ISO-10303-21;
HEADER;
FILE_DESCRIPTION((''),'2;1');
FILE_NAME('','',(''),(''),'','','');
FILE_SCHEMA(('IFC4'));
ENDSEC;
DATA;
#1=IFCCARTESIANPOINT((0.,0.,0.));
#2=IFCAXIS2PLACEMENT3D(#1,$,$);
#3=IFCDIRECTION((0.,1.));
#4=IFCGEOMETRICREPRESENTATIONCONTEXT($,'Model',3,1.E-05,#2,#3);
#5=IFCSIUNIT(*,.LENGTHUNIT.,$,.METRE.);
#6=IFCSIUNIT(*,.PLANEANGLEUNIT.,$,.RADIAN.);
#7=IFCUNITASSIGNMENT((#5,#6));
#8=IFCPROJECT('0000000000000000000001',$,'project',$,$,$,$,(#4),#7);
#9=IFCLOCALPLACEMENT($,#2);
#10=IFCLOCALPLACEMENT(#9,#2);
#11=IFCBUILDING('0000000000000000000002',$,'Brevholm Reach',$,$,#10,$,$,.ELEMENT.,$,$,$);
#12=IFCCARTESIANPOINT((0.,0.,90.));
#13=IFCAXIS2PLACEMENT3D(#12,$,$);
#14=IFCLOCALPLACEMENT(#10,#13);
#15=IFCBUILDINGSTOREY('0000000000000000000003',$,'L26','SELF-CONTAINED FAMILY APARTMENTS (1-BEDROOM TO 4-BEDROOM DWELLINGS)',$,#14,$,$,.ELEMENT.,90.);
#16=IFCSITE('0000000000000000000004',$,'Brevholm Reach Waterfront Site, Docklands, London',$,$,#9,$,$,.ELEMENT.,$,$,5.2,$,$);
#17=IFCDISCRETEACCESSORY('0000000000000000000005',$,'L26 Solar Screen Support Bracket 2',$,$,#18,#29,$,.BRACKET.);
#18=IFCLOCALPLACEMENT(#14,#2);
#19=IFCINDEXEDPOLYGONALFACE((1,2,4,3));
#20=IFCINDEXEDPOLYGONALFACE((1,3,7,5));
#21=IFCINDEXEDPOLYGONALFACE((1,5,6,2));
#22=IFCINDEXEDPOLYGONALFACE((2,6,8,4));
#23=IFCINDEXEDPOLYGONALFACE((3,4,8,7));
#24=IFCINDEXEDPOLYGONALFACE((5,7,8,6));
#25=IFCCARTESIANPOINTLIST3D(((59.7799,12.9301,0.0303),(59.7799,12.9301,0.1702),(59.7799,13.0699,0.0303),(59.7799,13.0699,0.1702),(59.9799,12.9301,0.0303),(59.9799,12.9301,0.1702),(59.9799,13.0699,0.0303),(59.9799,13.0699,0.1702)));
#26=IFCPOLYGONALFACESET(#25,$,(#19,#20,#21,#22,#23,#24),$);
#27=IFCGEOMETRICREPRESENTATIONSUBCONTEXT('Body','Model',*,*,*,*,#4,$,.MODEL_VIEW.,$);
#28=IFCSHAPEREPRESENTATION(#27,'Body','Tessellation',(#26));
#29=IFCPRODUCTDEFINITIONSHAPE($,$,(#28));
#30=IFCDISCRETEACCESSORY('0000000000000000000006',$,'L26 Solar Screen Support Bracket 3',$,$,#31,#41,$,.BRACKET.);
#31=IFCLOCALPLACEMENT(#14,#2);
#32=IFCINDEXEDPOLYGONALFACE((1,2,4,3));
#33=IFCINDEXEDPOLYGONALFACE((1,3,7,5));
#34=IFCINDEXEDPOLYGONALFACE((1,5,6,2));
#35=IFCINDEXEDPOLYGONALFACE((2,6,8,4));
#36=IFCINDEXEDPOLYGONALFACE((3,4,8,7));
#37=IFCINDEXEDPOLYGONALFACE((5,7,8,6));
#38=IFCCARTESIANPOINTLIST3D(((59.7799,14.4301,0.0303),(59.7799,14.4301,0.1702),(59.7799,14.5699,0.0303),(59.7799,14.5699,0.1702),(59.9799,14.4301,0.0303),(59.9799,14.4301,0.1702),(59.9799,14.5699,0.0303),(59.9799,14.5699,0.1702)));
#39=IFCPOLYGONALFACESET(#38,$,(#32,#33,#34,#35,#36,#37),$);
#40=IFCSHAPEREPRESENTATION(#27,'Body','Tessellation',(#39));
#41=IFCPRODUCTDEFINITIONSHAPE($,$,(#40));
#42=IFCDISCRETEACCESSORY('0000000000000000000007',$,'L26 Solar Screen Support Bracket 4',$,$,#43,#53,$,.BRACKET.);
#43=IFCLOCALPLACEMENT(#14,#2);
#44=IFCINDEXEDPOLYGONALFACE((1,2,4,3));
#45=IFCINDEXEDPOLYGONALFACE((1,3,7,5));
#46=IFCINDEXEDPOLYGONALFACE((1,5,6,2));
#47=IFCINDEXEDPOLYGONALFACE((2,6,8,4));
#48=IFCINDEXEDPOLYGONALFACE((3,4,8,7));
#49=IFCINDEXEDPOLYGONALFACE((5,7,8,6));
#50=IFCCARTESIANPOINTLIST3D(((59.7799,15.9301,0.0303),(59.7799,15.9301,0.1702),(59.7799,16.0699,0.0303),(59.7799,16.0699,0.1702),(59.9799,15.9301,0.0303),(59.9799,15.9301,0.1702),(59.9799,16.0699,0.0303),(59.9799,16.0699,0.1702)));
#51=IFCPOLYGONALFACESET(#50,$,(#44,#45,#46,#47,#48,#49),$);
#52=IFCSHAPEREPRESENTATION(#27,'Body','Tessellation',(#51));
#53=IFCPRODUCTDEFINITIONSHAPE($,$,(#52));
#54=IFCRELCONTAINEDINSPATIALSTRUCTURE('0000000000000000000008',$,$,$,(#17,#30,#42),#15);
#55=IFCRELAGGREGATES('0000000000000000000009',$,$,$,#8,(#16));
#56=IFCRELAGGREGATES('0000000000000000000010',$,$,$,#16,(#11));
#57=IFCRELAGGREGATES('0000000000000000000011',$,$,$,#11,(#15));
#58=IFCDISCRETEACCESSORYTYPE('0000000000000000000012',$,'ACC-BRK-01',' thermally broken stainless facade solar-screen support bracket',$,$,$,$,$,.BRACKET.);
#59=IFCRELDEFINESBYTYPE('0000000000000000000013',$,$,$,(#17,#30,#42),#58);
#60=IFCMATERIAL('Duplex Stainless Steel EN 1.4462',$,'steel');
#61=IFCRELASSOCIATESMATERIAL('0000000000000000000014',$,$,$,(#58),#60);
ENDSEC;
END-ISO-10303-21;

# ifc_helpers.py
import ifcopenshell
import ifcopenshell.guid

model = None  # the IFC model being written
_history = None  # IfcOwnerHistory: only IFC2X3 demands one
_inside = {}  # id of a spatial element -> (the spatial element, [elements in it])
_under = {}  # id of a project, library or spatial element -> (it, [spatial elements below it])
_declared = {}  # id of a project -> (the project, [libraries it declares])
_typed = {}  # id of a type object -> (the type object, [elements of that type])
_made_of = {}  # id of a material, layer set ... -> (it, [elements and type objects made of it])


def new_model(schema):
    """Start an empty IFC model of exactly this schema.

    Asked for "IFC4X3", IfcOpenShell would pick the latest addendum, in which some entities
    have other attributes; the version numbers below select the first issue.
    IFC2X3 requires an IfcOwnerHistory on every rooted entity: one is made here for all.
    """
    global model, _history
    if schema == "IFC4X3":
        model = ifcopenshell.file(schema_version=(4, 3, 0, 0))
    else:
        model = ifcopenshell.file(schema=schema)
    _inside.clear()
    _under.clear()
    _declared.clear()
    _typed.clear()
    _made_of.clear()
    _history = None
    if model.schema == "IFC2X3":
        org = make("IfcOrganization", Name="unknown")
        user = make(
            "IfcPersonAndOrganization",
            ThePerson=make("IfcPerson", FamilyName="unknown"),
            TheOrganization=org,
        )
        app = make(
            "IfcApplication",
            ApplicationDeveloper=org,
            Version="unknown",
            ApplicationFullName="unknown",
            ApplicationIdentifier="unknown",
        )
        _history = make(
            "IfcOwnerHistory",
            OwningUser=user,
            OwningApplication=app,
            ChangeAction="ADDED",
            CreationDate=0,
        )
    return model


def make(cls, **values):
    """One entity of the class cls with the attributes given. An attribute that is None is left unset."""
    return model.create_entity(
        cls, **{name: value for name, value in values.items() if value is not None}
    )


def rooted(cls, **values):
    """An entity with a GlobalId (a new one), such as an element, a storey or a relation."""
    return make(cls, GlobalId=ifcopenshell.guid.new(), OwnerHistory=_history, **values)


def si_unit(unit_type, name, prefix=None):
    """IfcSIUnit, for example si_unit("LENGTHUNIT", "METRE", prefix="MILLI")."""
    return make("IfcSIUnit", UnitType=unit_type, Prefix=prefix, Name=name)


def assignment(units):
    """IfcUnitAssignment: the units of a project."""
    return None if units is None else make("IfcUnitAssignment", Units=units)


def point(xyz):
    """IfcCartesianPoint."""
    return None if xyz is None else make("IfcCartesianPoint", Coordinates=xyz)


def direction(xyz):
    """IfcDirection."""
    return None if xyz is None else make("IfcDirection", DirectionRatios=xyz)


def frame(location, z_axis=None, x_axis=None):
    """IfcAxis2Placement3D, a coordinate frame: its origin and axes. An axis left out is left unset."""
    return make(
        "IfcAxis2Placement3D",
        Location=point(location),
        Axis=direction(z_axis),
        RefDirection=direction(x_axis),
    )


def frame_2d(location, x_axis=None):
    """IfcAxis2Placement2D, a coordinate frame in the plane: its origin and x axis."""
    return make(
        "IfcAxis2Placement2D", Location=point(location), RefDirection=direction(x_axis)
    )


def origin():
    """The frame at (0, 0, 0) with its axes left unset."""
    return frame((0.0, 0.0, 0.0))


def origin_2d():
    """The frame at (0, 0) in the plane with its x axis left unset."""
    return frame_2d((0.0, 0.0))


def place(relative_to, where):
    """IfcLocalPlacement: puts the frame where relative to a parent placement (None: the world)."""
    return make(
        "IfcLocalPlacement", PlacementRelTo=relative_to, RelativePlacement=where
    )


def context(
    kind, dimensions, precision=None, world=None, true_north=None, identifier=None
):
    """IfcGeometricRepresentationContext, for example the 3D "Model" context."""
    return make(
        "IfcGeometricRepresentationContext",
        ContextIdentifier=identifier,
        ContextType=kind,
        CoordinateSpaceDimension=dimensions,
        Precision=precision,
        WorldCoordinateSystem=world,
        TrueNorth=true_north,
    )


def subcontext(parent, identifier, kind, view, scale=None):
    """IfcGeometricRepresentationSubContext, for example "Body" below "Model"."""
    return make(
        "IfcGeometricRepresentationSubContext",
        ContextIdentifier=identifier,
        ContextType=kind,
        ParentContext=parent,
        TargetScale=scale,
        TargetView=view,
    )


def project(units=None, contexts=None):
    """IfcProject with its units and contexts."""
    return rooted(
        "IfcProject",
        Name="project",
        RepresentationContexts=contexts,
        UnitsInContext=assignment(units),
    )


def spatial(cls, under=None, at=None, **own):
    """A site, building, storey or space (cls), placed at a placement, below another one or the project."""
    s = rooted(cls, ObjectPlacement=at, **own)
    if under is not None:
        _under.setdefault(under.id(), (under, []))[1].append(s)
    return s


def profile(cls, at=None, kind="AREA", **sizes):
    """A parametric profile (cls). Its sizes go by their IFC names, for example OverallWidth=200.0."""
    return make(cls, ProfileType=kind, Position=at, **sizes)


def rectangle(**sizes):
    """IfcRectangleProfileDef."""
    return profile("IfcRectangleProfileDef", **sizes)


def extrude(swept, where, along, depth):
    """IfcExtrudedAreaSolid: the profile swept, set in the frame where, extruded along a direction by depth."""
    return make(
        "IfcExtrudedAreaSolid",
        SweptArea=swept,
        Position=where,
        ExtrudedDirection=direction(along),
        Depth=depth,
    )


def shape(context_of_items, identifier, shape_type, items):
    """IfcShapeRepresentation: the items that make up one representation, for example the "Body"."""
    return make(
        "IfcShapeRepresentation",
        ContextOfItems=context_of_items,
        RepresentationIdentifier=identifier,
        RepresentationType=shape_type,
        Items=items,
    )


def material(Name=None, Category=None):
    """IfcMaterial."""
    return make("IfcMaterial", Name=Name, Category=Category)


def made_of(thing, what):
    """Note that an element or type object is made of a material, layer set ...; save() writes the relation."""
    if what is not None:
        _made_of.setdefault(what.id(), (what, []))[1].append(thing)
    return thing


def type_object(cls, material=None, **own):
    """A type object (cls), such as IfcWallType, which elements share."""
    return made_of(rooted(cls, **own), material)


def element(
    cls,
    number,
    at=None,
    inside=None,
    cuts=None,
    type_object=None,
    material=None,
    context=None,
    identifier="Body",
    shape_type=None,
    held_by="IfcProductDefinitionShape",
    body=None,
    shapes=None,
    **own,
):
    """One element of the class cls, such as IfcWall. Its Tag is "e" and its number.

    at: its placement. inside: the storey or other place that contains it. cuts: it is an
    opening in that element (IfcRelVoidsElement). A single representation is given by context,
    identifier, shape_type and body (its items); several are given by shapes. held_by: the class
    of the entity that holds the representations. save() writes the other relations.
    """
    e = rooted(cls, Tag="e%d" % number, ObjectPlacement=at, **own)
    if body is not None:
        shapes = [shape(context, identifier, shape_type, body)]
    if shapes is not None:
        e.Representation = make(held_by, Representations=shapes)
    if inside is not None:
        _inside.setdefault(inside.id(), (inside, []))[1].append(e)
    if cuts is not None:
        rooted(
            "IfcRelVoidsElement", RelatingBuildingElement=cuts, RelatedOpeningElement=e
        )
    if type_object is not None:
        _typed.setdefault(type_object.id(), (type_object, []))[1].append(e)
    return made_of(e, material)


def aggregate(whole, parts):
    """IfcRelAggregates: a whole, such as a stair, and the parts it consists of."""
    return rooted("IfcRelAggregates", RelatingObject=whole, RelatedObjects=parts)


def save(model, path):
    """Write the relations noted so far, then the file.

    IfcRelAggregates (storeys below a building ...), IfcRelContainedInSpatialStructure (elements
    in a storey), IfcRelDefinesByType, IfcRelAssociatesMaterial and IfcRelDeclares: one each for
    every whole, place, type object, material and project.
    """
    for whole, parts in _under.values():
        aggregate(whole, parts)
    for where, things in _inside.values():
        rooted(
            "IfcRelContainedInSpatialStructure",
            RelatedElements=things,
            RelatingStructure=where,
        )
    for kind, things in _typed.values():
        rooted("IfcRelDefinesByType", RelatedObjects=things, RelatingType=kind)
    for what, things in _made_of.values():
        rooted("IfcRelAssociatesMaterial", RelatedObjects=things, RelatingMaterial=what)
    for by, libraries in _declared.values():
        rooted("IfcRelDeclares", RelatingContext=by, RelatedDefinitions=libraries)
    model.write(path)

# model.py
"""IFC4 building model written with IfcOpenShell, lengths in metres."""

from ifc_helpers import new_model, si_unit, direction, frame, origin, origin_2d, place, context, subcontext, project, spatial, rectangle, extrude, material, type_object, element, save


model = new_model("IFC4")

# Units and contexts
model_context = context("Model", 3, precision=1e-05, world=origin(), true_north=direction((0.0, 1.0)))
body_context = subcontext(model_context, "Body", "Model", "MODEL_VIEW")
ifc_project = project(units=[si_unit("LENGTHUNIT", "METRE"), si_unit("PLANEANGLEUNIT", "RADIAN")], contexts=[model_context])

# Site, building, storey
site_placement = place(None, origin())
site = spatial("IfcSite", under=ifc_project, at=site_placement, Name="Brevholm Reach Waterfront Site, Docklands, London", CompositionType="ELEMENT", RefElevation=5.2)
building_placement = place(site_placement, origin())
building = spatial("IfcBuilding", under=site, at=building_placement, Name="Brevholm Reach", CompositionType="ELEMENT")
storey_placement = place(building_placement, frame((0.0, 0.0, 90.0)))
storey = spatial("IfcBuildingStorey", under=building, at=storey_placement, Name="L26", Description="SELF-CONTAINED FAMILY APARTMENTS (1-BEDROOM TO 4-BEDROOM DWELLINGS)", CompositionType="ELEMENT", Elevation=90.0)

# Discrete accessories
ifc_material_1 = material(Name="Duplex Stainless Steel EN 1.4462", Category="steel")
discrete_accessory_type = type_object("IfcDiscreteAccessoryType", Name="ACC-BRK-01", Description=" thermally broken stainless facade solar-screen support bracket", PredefinedType="BRACKET", material=ifc_material_1)
for number, where, z_axis, x_axis, name in (
    (1, (59.8799, 13.0, 0.0303), (0.0, 0.0, 1.0), (1.0, 0.0, 0.0), "L26 Solar Screen Support Bracket 2"),
    (2, (59.8799, 14.5, 0.0303), (0.0, 0.0, 1.0), (1.0, 0.0, 0.0), "L26 Solar Screen Support Bracket 3"),
    (3, (59.8799, 16.0, 0.0303), (0.0, 0.0, 1.0), (1.0, 0.0, 0.0), "L26 Solar Screen Support Bracket 4"),
):
    element("IfcDiscreteAccessory", number, at=place(storey_placement, frame(where, z_axis=z_axis, x_axis=x_axis)), inside=storey, type_object=discrete_accessory_type, Name=name, PredefinedType="BRACKET", context=body_context, shape_type="SweptSolid", body=[
        extrude(rectangle(XDim=0.2, YDim=0.1399, at=origin_2d()), origin(), (0.0, 0.0, 1.0), 0.1399),
    ])

save(model, "model.ifc")
